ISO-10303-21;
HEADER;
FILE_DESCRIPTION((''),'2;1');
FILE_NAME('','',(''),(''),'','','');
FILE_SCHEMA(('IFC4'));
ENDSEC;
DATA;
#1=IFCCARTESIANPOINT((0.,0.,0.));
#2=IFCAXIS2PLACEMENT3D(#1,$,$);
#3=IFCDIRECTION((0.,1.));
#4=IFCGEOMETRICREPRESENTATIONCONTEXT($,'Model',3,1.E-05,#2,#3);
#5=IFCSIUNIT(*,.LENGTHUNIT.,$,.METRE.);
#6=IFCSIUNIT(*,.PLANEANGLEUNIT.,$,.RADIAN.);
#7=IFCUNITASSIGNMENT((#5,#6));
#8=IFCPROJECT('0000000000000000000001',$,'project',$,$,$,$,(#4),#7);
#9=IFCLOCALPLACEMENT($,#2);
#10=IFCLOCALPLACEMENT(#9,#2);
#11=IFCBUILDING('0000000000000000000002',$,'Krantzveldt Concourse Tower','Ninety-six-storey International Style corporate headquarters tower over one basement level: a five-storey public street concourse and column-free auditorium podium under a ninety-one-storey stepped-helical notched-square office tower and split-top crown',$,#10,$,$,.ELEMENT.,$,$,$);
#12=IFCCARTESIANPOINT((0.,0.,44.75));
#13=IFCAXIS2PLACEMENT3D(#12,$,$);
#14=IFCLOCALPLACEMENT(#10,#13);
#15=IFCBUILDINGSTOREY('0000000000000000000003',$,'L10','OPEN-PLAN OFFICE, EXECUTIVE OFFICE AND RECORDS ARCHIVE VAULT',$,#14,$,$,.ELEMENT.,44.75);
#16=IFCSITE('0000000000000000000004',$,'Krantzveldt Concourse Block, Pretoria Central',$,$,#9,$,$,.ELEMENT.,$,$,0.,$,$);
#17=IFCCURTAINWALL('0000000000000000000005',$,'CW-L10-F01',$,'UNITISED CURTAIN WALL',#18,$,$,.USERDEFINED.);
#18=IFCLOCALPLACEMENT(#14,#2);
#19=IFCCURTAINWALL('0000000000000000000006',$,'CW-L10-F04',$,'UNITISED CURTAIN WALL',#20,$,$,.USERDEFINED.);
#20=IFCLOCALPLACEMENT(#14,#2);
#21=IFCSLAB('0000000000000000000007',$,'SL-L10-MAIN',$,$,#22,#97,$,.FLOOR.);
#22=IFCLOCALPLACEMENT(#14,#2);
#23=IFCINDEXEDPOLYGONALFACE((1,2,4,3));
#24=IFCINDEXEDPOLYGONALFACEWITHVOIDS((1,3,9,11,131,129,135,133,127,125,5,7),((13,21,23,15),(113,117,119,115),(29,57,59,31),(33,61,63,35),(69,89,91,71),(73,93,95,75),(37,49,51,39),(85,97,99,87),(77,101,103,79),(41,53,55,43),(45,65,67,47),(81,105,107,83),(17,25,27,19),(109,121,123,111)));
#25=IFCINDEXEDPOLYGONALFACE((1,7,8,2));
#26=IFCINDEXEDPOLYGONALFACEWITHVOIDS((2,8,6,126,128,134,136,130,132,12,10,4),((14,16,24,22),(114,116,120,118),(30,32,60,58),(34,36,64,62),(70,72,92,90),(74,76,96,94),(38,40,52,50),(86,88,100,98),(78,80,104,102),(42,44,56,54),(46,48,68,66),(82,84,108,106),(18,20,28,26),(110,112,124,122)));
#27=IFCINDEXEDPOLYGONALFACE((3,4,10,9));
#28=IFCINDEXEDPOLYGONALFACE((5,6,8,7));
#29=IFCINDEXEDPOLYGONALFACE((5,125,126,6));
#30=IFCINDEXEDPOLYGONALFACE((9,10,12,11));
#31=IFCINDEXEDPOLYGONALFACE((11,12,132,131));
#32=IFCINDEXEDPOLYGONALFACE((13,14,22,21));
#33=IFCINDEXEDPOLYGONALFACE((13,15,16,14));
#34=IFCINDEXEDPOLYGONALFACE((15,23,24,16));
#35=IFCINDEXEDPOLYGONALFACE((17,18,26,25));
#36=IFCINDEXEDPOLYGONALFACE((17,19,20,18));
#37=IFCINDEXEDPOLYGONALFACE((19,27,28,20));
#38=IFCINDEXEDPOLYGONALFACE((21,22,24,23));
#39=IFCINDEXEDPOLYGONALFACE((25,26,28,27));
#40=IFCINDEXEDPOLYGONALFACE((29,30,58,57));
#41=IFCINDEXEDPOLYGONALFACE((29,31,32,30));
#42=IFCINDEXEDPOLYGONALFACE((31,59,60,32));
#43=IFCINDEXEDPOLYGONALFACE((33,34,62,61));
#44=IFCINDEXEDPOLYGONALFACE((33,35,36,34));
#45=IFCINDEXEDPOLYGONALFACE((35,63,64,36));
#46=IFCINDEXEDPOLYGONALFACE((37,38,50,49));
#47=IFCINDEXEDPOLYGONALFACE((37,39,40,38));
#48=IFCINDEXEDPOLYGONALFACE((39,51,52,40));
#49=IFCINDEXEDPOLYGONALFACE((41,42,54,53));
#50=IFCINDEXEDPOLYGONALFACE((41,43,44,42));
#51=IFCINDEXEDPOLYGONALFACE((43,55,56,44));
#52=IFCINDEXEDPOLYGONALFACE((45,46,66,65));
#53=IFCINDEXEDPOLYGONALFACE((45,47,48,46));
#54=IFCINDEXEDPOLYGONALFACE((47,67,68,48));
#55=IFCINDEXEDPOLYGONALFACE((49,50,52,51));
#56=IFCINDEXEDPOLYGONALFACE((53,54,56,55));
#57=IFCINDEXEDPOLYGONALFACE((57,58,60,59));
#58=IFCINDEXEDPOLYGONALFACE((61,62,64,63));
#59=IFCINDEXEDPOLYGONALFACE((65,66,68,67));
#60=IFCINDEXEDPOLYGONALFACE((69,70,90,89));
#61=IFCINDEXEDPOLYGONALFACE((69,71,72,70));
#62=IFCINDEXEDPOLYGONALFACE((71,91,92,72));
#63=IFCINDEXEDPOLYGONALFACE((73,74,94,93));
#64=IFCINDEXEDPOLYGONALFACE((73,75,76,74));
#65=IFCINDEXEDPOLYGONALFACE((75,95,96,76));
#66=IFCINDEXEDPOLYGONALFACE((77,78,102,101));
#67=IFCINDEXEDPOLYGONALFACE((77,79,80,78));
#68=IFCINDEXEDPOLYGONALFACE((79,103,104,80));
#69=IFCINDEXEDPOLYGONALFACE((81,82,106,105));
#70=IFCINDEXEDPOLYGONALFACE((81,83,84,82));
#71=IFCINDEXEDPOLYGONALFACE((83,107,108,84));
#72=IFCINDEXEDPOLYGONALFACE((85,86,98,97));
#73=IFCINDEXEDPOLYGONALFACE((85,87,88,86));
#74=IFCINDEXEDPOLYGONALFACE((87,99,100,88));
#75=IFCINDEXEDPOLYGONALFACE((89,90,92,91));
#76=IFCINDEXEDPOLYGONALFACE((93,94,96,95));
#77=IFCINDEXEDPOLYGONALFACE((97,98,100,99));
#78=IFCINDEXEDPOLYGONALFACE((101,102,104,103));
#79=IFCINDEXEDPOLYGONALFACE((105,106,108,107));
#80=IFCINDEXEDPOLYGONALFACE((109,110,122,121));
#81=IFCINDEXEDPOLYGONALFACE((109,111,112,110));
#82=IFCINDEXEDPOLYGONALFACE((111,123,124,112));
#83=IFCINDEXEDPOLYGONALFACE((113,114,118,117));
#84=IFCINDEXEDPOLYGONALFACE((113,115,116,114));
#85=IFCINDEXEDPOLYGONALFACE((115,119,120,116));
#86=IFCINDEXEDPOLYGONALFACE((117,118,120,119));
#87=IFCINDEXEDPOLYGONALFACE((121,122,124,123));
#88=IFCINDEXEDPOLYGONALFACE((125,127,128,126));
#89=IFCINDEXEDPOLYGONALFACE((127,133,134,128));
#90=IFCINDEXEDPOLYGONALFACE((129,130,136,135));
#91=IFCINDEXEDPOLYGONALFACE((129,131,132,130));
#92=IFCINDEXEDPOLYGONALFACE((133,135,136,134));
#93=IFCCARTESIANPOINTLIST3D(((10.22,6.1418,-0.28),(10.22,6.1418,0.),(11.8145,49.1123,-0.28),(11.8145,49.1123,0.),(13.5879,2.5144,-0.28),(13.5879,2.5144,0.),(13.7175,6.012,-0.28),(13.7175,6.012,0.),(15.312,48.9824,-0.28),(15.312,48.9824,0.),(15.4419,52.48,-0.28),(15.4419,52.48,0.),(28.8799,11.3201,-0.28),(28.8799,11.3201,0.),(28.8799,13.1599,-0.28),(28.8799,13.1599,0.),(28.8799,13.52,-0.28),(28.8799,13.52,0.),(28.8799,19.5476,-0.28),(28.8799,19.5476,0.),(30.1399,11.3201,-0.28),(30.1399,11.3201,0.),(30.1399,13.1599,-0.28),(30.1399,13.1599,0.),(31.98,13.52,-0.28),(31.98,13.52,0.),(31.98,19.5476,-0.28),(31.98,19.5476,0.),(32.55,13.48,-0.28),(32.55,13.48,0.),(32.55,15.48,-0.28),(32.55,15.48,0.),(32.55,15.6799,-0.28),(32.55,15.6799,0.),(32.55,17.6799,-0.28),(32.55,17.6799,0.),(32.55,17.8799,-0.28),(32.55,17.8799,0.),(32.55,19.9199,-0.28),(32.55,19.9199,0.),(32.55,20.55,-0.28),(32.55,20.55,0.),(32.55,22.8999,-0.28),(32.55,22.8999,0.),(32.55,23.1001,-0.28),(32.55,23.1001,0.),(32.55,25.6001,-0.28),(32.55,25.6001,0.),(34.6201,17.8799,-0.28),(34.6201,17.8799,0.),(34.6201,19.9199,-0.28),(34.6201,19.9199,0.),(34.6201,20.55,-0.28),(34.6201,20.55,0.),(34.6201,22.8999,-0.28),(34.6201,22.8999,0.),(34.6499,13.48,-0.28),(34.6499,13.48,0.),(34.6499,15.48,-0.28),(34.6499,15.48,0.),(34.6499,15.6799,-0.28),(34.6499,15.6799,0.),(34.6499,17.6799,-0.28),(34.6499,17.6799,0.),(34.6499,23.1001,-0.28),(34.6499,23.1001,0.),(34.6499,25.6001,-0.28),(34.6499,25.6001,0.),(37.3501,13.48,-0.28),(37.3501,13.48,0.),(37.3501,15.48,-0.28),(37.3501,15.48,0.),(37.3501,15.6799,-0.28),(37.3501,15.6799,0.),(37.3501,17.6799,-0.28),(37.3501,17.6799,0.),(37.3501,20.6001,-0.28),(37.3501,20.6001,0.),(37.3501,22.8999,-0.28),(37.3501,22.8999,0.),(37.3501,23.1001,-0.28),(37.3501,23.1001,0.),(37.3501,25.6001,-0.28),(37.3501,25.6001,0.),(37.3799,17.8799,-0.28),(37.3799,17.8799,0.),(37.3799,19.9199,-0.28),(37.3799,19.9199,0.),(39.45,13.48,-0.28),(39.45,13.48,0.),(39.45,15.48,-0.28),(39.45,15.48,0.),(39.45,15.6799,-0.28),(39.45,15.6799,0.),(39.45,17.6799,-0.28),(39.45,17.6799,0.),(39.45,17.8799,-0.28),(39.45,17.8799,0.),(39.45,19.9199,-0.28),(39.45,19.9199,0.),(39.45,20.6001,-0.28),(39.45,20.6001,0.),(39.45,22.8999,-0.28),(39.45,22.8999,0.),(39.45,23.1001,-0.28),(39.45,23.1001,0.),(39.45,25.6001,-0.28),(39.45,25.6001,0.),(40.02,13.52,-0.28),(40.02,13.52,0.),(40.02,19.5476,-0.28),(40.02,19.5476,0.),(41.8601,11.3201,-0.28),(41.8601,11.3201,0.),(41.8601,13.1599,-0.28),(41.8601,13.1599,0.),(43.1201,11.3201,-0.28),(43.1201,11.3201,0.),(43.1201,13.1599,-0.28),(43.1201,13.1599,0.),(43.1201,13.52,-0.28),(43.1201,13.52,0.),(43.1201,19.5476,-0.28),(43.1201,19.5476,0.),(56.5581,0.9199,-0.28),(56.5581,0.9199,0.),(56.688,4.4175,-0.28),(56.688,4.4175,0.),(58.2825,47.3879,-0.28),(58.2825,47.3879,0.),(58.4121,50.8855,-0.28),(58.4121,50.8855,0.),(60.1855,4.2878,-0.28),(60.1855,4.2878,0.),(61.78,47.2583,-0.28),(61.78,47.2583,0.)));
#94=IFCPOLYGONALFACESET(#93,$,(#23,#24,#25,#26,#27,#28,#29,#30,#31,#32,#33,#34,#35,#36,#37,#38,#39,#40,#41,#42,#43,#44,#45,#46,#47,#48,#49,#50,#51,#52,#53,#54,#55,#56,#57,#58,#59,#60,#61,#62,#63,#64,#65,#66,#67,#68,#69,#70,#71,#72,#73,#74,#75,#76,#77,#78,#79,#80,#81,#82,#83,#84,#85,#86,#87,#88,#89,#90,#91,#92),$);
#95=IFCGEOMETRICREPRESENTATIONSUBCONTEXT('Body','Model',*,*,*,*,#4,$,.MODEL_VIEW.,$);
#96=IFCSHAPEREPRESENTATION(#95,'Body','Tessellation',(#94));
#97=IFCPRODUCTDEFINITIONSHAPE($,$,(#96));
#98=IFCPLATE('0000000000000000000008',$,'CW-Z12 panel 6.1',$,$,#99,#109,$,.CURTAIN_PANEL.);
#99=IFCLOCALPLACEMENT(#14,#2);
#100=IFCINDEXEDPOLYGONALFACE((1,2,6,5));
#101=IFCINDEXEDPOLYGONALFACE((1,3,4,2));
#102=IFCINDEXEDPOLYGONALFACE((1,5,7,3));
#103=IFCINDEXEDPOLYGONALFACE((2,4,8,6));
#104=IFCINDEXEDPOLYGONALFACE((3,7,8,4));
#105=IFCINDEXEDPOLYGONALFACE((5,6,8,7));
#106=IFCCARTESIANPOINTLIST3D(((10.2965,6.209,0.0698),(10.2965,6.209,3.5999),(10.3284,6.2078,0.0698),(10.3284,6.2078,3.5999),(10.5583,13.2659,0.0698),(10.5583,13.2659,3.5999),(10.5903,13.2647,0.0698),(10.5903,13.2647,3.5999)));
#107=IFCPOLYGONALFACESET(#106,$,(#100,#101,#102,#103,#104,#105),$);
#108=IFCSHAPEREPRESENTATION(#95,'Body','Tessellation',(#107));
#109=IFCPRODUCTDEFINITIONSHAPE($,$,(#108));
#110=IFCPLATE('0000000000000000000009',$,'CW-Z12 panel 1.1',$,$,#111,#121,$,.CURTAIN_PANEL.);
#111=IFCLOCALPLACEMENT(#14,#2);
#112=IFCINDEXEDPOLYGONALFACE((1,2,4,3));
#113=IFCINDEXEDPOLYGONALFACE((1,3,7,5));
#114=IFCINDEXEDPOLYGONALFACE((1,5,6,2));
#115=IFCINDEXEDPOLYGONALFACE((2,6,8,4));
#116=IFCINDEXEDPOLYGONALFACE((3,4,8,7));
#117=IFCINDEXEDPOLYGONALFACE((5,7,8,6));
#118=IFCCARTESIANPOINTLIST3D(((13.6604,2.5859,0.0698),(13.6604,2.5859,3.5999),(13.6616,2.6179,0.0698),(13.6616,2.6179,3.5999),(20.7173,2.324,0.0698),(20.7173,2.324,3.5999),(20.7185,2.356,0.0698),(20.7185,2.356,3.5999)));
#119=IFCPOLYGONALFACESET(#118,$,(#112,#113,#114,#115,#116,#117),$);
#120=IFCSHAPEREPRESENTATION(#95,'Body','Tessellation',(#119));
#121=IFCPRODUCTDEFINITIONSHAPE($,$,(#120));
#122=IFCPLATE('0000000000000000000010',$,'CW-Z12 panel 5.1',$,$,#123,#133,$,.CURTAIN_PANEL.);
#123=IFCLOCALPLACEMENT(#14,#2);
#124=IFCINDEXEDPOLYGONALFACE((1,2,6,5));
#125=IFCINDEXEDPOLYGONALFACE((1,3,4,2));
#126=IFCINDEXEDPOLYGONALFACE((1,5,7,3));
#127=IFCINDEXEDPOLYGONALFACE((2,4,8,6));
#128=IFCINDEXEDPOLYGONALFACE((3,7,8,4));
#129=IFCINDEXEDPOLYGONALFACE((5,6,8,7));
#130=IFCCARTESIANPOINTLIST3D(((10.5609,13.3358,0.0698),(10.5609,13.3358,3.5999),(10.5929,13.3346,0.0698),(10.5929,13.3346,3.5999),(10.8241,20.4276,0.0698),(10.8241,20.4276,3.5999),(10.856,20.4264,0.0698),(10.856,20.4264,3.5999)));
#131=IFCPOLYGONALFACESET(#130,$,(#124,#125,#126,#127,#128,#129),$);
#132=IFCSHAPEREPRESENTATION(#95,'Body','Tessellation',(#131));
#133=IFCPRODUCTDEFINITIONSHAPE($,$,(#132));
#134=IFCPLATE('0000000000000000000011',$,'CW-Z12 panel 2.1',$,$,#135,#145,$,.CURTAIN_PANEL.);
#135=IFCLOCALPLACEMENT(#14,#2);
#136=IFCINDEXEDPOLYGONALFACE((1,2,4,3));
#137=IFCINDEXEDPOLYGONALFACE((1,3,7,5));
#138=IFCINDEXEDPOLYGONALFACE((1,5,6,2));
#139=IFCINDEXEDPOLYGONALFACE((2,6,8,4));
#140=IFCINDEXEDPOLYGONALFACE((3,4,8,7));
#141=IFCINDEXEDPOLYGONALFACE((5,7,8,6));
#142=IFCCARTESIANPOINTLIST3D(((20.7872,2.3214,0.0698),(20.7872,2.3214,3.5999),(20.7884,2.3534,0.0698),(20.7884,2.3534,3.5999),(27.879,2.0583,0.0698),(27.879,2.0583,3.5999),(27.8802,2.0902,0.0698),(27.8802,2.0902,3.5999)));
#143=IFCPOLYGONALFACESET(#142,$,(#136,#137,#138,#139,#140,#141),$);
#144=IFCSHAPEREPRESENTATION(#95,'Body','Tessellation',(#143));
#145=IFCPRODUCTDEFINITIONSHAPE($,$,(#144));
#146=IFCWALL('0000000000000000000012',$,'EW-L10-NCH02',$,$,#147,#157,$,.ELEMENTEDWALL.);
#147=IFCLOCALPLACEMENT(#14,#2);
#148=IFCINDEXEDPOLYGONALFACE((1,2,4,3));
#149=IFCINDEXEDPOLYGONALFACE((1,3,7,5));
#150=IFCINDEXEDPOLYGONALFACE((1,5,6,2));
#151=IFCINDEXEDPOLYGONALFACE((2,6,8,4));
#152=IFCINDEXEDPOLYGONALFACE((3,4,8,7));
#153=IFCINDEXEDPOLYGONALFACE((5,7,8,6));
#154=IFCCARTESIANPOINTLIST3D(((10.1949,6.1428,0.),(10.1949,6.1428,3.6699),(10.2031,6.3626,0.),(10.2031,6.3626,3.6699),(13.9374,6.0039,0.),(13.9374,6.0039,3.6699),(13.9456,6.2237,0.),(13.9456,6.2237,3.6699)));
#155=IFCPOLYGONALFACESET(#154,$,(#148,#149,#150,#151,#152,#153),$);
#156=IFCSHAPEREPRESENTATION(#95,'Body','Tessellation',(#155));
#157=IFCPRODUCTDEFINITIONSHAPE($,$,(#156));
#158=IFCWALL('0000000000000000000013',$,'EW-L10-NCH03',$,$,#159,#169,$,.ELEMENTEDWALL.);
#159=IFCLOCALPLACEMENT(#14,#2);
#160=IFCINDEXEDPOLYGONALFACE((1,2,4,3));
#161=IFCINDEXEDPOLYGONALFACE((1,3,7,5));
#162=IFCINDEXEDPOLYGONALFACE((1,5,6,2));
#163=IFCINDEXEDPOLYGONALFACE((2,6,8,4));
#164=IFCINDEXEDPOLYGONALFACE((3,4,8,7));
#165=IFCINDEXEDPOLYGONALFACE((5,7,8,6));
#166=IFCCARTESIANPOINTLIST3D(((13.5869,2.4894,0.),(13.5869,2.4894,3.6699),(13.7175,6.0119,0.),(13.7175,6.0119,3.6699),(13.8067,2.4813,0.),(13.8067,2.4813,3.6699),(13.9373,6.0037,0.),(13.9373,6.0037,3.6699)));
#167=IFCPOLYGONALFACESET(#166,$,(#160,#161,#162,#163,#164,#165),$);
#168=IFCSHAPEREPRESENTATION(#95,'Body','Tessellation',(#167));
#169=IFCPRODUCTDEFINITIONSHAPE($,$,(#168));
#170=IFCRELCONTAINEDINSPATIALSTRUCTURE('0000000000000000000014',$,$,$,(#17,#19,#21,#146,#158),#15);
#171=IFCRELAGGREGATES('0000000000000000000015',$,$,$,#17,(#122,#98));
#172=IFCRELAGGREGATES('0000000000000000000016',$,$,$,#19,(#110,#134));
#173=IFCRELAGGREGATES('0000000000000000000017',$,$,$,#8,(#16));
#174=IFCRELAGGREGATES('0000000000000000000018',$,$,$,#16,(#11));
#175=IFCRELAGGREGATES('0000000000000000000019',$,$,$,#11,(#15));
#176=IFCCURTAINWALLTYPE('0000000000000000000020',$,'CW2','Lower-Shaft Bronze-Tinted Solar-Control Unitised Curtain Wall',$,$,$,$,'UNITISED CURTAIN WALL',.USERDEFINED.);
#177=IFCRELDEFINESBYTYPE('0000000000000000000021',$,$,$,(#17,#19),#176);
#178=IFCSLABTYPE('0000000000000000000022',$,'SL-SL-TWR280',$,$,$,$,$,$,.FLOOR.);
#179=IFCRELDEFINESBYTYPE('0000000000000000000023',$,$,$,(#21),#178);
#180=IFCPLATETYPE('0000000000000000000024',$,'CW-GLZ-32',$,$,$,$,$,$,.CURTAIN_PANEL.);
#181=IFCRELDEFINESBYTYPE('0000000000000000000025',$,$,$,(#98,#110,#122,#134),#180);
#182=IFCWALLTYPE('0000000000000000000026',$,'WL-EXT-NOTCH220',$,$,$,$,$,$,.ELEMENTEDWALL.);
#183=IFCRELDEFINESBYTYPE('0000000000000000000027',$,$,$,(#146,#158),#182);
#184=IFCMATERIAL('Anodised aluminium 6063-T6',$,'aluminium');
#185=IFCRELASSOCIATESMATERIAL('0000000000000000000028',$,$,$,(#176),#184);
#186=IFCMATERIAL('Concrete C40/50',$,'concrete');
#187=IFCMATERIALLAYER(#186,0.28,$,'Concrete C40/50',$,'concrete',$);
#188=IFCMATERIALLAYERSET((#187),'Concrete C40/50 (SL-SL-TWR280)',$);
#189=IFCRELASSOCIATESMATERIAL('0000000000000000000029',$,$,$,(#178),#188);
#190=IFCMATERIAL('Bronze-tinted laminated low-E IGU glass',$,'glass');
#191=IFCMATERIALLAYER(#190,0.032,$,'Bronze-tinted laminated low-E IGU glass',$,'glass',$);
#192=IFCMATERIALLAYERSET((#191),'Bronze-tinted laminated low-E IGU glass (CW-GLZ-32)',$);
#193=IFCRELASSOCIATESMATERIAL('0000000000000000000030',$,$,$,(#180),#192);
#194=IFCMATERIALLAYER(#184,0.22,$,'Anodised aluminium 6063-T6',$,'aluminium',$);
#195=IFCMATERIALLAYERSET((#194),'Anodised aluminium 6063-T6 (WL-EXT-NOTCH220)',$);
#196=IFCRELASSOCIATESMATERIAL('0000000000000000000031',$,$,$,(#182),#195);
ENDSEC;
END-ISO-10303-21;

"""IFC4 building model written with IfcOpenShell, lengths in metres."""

from ifc_helpers import new_model, si_unit, direction, frame, frame_2d, origin, origin_2d, place, context, subcontext, project, spatial, polyline, rectangle, outline, extrude, source, transform, mapped, material, layer, layer_set, type_object, type_shapes, element, aggregate, save


model = new_model("IFC4")

# Units and contexts
model_context = context("Model", 3, precision=1e-05, world=origin(), true_north=direction((0.0, 1.0)))
body_context = subcontext(model_context, "Body", "Model", "MODEL_VIEW")
ifc_project = project(units=[si_unit("LENGTHUNIT", "METRE"), si_unit("PLANEANGLEUNIT", "RADIAN")], contexts=[model_context])

# Site, building, storey
site_placement = place(None, origin())
site = spatial("IfcSite", under=ifc_project, at=site_placement, Name="Krantzveldt Concourse Block, Pretoria Central", CompositionType="ELEMENT", RefElevation=0.0)
building_placement = place(site_placement, origin())
building = spatial("IfcBuilding", under=site, at=building_placement, Name="Krantzveldt Concourse Tower", Description="Ninety-six-storey International Style corporate headquarters tower over one basement level: a five-storey public street concourse and column-free auditorium podium under a ninety-one-storey stepped-helical notched-square office tower and split-top crown", CompositionType="ELEMENT")
storey_placement = place(building_placement, frame((0.0, 0.0, 44.75)))
storey = spatial("IfcBuildingStorey", under=building, at=storey_placement, Name="L10", Description="OPEN-PLAN OFFICE, EXECUTIVE OFFICE AND RECORDS ARCHIVE VAULT", CompositionType="ELEMENT", Elevation=44.75)

# Curtain walls
ifc_material_1 = material(Name="Anodised aluminium 6063-T6", Category="aluminium")
curtain_wall_type = type_object("IfcCurtainWallType", Name="CW2", Description="Lower-Shaft Bronze-Tinted Solar-Control Unitised Curtain Wall", ElementType="UNITISED CURTAIN WALL", PredefinedType="USERDEFINED", material=ifc_material_1)
curtain_wall_1_placement = place(storey_placement, origin())
curtain_wall_1 = element("IfcCurtainWall", 1, at=curtain_wall_1_placement, inside=storey, type_object=curtain_wall_type, Name="CW-L10-F01", ObjectType="UNITISED CURTAIN WALL", PredefinedType="USERDEFINED")
curtain_wall_2_placement = place(storey_placement, origin())
curtain_wall_2 = element("IfcCurtainWall", 2, at=curtain_wall_2_placement, inside=storey, type_object=curtain_wall_type, Name="CW-L10-F04", ObjectType="UNITISED CURTAIN WALL", PredefinedType="USERDEFINED")

# Slab
ifc_material_2 = material(Name="Concrete C40/50", Category="concrete")
ifc_layer_1 = layer(ifc_material_2, 0.28, Name="Concrete C40/50", Category="concrete")
ifc_layer_set_1 = layer_set([ifc_layer_1], Name="Concrete C40/50 (SL-SL-TWR280)")
slab_type_1 = type_object("IfcSlabType", Name="SL-SL-TWR280", PredefinedType="FLOOR", material=ifc_layer_set_1)
slab_1_placement = place(storey_placement, frame((0.0, 0.0, -0.28)))
element("IfcSlab", 3, at=slab_1_placement, inside=storey, type_object=slab_type_1, Name="SL-L10-MAIN", PredefinedType="FLOOR", context=body_context, shape_type="SweptSolid", body=[
    extrude(outline(polyline([(15.312, 48.9824), (11.8145, 49.1123), (10.22, 6.1418), (13.7175, 6.012), (13.5879, 2.5144), (56.5581, 0.9199), (56.688, 4.4175), (60.1855, 4.2878), (61.78, 47.2583), (58.2825, 47.3879), (58.4121, 50.8855), (15.4419, 52.48), (15.312, 48.9824)]), holes=[polyline([(28.8799, 19.5476), (28.8799, 13.52), (31.98, 13.52), (31.98, 19.5476), (28.8799, 19.5476)]), polyline([(40.02, 19.5476), (40.02, 13.52), (43.1201, 13.52), (43.1201, 19.5476), (40.02, 19.5476)]), polyline([(32.55, 23.1001), (34.6499, 23.1001), (34.6499, 25.6001), (32.55, 25.6001), (32.55, 23.1001)]), polyline([(37.3501, 23.1001), (39.45, 23.1001), (39.45, 25.6001), (37.3501, 25.6001), (37.3501, 23.1001)]), polyline([(37.3501, 20.6001), (39.45, 20.6001), (39.45, 22.8999), (37.3501, 22.8999), (37.3501, 20.6001)]), polyline([(32.55, 13.48), (34.6499, 13.48), (34.6499, 15.48), (32.55, 15.48), (32.55, 13.48)]), polyline([(32.55, 15.6799), (34.6499, 15.6799), (34.6499, 17.6799), (32.55, 17.6799), (32.55, 15.6799)]), polyline([(37.3501, 13.48), (39.45, 13.48), (39.45, 15.48), (37.3501, 15.48), (37.3501, 13.48)]), polyline([(37.3501, 15.6799), (39.45, 15.6799), (39.45, 17.6799), (37.3501, 17.6799), (37.3501, 15.6799)]), polyline([(32.55, 20.55), (34.6201, 20.55), (34.6201, 22.8999), (32.55, 22.8999), (32.55, 20.55)]), polyline([(32.55, 17.8799), (34.6201, 17.8799), (34.6201, 19.9199), (32.55, 19.9199), (32.55, 17.8799)]), polyline([(37.3799, 17.8799), (39.45, 17.8799), (39.45, 19.9199), (37.3799, 19.9199), (37.3799, 17.8799)]), polyline([(28.8799, 11.3201), (30.1399, 11.3201), (30.1399, 13.1599), (28.8799, 13.1599), (28.8799, 11.3201)]), polyline([(41.8601, 11.3201), (43.1201, 11.3201), (43.1201, 13.1599), (41.8601, 13.1599), (41.8601, 11.3201)])]), origin(), (0.0, 0.0, 1.0), 0.28),
])

# Plates
ifc_material_3 = material(Name="Bronze-tinted laminated low-E IGU glass", Category="glass")
ifc_layer_2 = layer(ifc_material_3, 0.032, Name="Bronze-tinted laminated low-E IGU glass", Category="glass")
ifc_layer_set_2 = layer_set([ifc_layer_2], Name="Bronze-tinted laminated low-E IGU glass (CW-GLZ-32)")
plate_type = type_object("IfcPlateType", Name="CW-GLZ-32", PredefinedType="CURTAIN_PANEL", material=ifc_layer_set_2)
shared_shape_1 = source(origin(), body_context, "Body", "SweptSolid", [
    extrude(rectangle(XDim=7.0618, YDim=0.032, at=origin_2d()), origin(), (0.0, 0.0, 1.0), 3.53),
])
plate_1_placement = place(storey_placement, frame((10.4434, 9.7368, 0.0698), z_axis=(0.0, 0.0, 1.0), x_axis=(-0.03708, -0.999312, 0.0)))
plate_1 = element("IfcPlate", 4, at=plate_1_placement, type_object=plate_type, Name="CW-Z12 panel 6.1", PredefinedType="CURTAIN_PANEL", context=body_context, shape_type="MappedRepresentation", body=[
    mapped(shared_shape_1, transform((0.0, 0.0, 0.0), x_axis=(1.0, 0.0, 0.0), y_axis=(0.0, 1.0, 0.0), z_axis=(0.0, 0.0, 1.0), scale=1.0)),
])
plate_2_placement = place(storey_placement, frame((17.1895, 2.4709, 0.0698), z_axis=(0.0, 0.0, 1.0), x_axis=(0.999312, -0.03708, 0.0)))
plate_2 = element("IfcPlate", 5, at=plate_2_placement, type_object=plate_type, Name="CW-Z12 panel 1.1", PredefinedType="CURTAIN_PANEL", context=body_context, shape_type="MappedRepresentation", body=[
    mapped(shared_shape_1, transform((0.0, 0.0, 0.0), x_axis=(1.0, 0.0, 0.0), y_axis=(0.0, 1.0, 0.0), z_axis=(0.0, 0.0, 1.0), scale=1.0)),
])
shared_shape_2 = source(origin(), body_context, "Body", "SweptSolid", [
    extrude(rectangle(XDim=7.0967, YDim=0.032, at=origin_2d()), origin(), (0.0, 0.0, 1.0), 3.53),
])
type_shapes(plate_type, [shared_shape_1, shared_shape_2])
plate_3_placement = place(storey_placement, frame((10.7085, 16.8811, 0.0698), z_axis=(0.0, 0.0, 1.0), x_axis=(-0.03708, -0.999312, 0.0)))
plate_3 = element("IfcPlate", 6, at=plate_3_placement, type_object=plate_type, Name="CW-Z12 panel 5.1", PredefinedType="CURTAIN_PANEL", context=body_context, shape_type="MappedRepresentation", body=[
    mapped(shared_shape_2, transform((0.0, 0.0, 0.0), x_axis=(1.0, 0.0, 0.0), y_axis=(0.0, 1.0, 0.0), z_axis=(0.0, 0.0, 1.0), scale=1.0)),
])
aggregate(curtain_wall_1, [plate_3, plate_1])
plate_4_placement = place(storey_placement, frame((24.3337, 2.2058, 0.0698), z_axis=(0.0, 0.0, 1.0), x_axis=(0.999312, -0.03708, 0.0)))
plate_4 = element("IfcPlate", 7, at=plate_4_placement, type_object=plate_type, Name="CW-Z12 panel 2.1", PredefinedType="CURTAIN_PANEL", context=body_context, shape_type="MappedRepresentation", body=[
    mapped(shared_shape_2, transform((0.0, 0.0, 0.0), x_axis=(1.0, 0.0, 0.0), y_axis=(0.0, 1.0, 0.0), z_axis=(0.0, 0.0, 1.0), scale=1.0)),
])
aggregate(curtain_wall_2, [plate_2, plate_4])

# Walls
ifc_layer_3 = layer(ifc_material_1, 0.22, Name="Anodised aluminium 6063-T6", Category="aluminium")
ifc_layer_set_3 = layer_set([ifc_layer_3], Name="Anodised aluminium 6063-T6 (WL-EXT-NOTCH220)")
wall_type = type_object("IfcWallType", Name="WL-EXT-NOTCH220", PredefinedType="ELEMENTEDWALL", material=ifc_layer_set_3)
wall_1_placement = place(storey_placement, frame((10.199, 6.2527, 0.0), z_axis=(0.0, 0.0, 1.0), x_axis=(0.999312, -0.037094, 0.0)))
element("IfcWall", 8, at=wall_1_placement, inside=storey, type_object=wall_type, Name="EW-L10-NCH02", PredefinedType="ELEMENTEDWALL", context=body_context, shape_type="SweptSolid", body=[
    extrude(rectangle(XDim=3.7451, YDim=0.22, at=frame_2d((1.8726, 0.0))), origin(), (0.0, 0.0, 1.0), 3.6699),
])
wall_2_placement = place(storey_placement, frame((13.8274, 6.0078, 0.0), z_axis=(0.0, 0.0, 1.0), x_axis=(-0.037055, -0.999313, 0.0)))
element("IfcWall", 9, at=wall_2_placement, inside=storey, type_object=wall_type, Name="EW-L10-NCH03", PredefinedType="ELEMENTEDWALL", context=body_context, shape_type="SweptSolid", body=[
    extrude(rectangle(XDim=3.5249, YDim=0.22, at=frame_2d((1.7625, 0.0))), origin(), (0.0, 0.0, 1.0), 3.6699),
])

save(model, "model.ifc")
